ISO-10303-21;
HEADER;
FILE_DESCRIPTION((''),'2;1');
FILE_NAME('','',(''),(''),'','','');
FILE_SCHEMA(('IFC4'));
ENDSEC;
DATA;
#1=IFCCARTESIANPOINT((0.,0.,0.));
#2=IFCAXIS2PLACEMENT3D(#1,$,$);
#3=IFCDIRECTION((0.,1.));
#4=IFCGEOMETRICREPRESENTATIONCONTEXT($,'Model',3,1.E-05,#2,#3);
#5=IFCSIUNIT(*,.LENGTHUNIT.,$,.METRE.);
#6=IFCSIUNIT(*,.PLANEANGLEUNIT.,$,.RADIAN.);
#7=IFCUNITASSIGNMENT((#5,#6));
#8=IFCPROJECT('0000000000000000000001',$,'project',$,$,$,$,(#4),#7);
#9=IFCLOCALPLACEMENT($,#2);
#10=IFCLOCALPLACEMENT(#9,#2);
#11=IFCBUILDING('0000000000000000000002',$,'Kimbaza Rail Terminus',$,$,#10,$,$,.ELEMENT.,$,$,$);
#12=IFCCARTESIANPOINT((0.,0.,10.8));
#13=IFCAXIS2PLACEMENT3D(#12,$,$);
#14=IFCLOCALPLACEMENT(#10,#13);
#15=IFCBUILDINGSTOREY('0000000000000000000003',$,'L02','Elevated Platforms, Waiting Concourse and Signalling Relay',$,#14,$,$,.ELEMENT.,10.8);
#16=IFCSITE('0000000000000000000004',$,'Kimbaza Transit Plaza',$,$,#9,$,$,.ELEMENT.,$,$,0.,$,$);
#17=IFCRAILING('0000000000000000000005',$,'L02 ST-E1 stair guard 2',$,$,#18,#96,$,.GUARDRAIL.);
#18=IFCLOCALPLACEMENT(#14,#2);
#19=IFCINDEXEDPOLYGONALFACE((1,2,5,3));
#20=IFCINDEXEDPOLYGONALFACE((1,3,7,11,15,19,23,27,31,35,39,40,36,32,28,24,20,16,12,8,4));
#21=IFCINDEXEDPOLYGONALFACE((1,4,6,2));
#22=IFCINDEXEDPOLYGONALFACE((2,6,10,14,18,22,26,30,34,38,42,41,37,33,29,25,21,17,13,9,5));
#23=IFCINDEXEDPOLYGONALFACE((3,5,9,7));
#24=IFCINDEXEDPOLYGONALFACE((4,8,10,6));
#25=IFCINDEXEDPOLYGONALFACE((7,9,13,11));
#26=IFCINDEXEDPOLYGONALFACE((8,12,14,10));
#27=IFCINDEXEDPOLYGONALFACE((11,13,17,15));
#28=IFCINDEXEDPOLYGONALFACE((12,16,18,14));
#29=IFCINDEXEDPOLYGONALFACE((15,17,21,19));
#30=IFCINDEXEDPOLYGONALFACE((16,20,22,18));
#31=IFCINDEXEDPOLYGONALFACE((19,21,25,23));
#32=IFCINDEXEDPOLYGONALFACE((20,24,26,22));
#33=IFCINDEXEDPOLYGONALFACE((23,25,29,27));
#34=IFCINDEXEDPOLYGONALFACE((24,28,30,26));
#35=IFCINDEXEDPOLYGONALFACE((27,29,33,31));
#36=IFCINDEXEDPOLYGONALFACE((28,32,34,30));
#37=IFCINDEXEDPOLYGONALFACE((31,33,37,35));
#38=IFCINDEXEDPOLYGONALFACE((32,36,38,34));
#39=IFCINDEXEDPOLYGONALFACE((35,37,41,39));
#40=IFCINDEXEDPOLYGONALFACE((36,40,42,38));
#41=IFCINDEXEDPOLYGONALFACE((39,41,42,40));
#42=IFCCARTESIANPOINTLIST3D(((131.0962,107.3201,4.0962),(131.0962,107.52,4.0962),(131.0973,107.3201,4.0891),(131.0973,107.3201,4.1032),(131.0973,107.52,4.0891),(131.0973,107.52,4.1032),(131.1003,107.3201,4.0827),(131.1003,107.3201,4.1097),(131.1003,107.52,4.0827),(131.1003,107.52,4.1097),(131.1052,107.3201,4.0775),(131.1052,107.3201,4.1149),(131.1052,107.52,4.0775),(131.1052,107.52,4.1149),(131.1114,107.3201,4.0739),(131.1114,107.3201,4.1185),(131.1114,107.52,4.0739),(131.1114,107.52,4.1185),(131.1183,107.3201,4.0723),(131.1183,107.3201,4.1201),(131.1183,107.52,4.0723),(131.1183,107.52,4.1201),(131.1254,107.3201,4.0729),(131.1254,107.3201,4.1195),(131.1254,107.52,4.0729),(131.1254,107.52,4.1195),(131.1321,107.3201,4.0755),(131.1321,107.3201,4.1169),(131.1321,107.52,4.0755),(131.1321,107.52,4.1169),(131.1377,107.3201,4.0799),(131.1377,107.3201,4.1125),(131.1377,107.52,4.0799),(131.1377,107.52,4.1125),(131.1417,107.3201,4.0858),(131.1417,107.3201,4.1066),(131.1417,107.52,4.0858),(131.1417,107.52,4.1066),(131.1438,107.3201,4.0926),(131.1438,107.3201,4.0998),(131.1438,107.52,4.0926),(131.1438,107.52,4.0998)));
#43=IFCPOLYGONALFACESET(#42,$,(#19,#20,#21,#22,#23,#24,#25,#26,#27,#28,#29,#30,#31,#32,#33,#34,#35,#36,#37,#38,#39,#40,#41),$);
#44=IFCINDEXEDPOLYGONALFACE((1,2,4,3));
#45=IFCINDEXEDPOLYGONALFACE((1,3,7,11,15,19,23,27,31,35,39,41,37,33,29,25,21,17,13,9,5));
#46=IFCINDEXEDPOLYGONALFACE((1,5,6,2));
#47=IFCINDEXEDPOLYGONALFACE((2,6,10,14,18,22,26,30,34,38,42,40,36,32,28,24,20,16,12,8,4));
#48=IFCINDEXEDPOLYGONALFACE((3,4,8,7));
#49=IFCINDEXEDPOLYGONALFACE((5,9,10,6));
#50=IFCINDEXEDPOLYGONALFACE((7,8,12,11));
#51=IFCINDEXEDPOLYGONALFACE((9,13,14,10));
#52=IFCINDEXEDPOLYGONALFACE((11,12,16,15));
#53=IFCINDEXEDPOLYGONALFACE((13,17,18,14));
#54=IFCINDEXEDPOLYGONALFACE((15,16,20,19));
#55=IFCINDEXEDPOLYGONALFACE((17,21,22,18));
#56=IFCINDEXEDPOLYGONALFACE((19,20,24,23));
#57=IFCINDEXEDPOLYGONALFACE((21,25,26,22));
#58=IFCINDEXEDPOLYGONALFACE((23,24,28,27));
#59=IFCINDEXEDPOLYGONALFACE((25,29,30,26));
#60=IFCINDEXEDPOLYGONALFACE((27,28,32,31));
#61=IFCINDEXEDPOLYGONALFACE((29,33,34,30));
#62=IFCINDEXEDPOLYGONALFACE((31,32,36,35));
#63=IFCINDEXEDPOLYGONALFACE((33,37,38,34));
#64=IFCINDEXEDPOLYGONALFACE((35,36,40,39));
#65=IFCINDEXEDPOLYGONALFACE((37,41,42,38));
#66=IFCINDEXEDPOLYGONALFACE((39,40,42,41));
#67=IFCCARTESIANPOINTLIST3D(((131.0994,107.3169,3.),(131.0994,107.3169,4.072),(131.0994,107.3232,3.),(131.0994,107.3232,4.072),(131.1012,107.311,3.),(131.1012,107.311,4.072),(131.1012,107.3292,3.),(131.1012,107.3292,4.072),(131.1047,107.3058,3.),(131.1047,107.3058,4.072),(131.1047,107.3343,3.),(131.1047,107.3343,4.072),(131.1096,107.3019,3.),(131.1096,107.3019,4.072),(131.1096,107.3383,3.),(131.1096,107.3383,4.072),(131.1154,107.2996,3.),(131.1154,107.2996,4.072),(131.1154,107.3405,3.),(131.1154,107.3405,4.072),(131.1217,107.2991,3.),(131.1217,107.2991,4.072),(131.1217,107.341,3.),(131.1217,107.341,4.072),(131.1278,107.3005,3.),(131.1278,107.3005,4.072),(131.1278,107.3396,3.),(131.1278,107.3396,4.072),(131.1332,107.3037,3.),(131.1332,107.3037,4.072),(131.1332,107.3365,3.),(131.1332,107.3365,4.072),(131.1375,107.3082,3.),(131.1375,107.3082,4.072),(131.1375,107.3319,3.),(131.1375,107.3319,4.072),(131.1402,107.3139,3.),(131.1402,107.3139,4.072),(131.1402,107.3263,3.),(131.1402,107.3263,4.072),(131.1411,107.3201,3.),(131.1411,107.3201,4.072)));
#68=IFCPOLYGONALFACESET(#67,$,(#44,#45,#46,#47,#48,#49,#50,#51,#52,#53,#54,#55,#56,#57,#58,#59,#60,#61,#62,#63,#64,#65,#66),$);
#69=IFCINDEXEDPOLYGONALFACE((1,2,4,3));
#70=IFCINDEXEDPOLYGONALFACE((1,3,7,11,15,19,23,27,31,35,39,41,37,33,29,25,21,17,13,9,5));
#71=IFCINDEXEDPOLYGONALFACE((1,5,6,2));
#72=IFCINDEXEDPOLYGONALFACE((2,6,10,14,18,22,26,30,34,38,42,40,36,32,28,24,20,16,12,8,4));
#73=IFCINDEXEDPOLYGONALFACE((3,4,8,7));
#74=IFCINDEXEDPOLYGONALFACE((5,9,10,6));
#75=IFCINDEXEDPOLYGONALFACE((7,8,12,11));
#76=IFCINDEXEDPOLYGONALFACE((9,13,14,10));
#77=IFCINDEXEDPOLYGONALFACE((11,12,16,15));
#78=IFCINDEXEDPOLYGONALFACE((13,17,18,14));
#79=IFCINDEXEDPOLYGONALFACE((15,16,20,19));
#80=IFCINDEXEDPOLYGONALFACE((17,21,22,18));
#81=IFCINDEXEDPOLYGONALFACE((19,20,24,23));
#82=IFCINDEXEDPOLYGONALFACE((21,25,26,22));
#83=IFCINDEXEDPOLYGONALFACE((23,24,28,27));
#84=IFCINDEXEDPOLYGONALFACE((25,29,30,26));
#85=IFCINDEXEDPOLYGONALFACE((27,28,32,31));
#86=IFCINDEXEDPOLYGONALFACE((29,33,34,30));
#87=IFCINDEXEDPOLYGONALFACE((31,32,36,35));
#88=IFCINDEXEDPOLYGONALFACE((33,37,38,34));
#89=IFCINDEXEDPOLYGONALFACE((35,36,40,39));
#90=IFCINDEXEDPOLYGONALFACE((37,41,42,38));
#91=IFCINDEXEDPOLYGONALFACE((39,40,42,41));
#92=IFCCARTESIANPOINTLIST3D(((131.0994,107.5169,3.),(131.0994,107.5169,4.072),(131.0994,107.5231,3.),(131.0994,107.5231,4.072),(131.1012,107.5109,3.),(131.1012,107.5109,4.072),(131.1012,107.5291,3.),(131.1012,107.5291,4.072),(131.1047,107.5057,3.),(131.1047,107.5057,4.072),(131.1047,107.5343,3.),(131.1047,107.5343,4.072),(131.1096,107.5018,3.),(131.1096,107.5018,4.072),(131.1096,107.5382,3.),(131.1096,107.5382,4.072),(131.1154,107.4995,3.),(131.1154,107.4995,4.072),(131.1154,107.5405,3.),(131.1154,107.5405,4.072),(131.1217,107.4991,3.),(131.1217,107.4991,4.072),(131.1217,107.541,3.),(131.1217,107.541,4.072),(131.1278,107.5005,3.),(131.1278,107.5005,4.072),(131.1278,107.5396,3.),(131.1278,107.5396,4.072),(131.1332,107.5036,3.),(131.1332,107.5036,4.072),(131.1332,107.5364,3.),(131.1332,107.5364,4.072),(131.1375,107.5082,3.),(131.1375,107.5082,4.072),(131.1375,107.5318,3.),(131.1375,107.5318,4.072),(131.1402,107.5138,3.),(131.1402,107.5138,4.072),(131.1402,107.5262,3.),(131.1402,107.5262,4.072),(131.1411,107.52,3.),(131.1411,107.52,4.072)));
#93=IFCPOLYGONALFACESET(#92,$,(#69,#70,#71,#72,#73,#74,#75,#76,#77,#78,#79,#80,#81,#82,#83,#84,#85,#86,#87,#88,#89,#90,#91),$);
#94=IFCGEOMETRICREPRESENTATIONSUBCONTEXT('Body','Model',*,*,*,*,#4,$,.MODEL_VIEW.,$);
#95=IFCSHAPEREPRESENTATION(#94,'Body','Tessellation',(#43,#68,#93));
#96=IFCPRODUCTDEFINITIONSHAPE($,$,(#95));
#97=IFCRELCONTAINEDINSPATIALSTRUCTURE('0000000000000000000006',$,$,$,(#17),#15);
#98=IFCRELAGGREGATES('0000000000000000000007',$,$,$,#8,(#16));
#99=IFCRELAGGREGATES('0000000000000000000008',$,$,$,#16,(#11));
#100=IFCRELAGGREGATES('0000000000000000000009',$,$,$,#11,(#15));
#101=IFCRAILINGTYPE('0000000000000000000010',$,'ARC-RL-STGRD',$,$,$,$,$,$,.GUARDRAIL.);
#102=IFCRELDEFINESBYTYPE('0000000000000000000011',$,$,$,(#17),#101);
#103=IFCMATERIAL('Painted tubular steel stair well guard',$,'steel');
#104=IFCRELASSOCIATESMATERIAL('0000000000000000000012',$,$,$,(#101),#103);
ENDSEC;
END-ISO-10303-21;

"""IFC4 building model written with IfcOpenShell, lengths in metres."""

from ifc_helpers import new_model, si_unit, direction, frame, origin, origin_2d, place, context, subcontext, project, spatial, circle, extrude, material, type_object, element, save


model = new_model("IFC4")

# Units and contexts
model_context = context("Model", 3, precision=1e-05, world=origin(), true_north=direction((0.0, 1.0)))
body_context = subcontext(model_context, "Body", "Model", "MODEL_VIEW")
ifc_project = project(units=[si_unit("LENGTHUNIT", "METRE"), si_unit("PLANEANGLEUNIT", "RADIAN")], contexts=[model_context])

# Site, building, storey
site_placement = place(None, origin())
site = spatial("IfcSite", under=ifc_project, at=site_placement, Name="Kimbaza Transit Plaza", CompositionType="ELEMENT", RefElevation=0.0)
building_placement = place(site_placement, origin())
building = spatial("IfcBuilding", under=site, at=building_placement, Name="Kimbaza Rail Terminus", CompositionType="ELEMENT")
storey_placement = place(building_placement, frame((0.0, 0.0, 10.8)))
storey = spatial("IfcBuildingStorey", under=building, at=storey_placement, Name="L02", Description="Elevated Platforms, Waiting Concourse and Signalling Relay", CompositionType="ELEMENT", Elevation=10.8)

# Railing
ifc_material_1 = material(Name="Painted tubular steel stair well guard", Category="steel")
railing_type_1 = type_object("IfcRailingType", Name="ARC-RL-STGRD", PredefinedType="GUARDRAIL", material=ifc_material_1)
railing_1_placement = place(storey_placement, frame((131.1201, 107.3201, 3.0)))
element("IfcRailing", 1, at=railing_1_placement, inside=storey, type_object=railing_type_1, Name="L02 ST-E1 stair guard 2", PredefinedType="GUARDRAIL", context=body_context, shape_type="SweptSolid", body=[
    extrude(circle(Radius=0.0239, at=origin_2d()), frame((0.0, 0.0, 1.0962), z_axis=(0.0, 1.0, 0.0), x_axis=(-1.0, 0.0, 0.0)), (0.0, 0.0, 1.0), 0.2),
    extrude(circle(Radius=0.021, at=origin_2d()), origin(), (0.0, 0.0, 1.0), 1.072),
    extrude(circle(Radius=0.021, at=origin_2d()), frame((0.0, 0.2, 0.0)), (0.0, 0.0, 1.0), 1.072),
])

save(model, "model.ifc")
